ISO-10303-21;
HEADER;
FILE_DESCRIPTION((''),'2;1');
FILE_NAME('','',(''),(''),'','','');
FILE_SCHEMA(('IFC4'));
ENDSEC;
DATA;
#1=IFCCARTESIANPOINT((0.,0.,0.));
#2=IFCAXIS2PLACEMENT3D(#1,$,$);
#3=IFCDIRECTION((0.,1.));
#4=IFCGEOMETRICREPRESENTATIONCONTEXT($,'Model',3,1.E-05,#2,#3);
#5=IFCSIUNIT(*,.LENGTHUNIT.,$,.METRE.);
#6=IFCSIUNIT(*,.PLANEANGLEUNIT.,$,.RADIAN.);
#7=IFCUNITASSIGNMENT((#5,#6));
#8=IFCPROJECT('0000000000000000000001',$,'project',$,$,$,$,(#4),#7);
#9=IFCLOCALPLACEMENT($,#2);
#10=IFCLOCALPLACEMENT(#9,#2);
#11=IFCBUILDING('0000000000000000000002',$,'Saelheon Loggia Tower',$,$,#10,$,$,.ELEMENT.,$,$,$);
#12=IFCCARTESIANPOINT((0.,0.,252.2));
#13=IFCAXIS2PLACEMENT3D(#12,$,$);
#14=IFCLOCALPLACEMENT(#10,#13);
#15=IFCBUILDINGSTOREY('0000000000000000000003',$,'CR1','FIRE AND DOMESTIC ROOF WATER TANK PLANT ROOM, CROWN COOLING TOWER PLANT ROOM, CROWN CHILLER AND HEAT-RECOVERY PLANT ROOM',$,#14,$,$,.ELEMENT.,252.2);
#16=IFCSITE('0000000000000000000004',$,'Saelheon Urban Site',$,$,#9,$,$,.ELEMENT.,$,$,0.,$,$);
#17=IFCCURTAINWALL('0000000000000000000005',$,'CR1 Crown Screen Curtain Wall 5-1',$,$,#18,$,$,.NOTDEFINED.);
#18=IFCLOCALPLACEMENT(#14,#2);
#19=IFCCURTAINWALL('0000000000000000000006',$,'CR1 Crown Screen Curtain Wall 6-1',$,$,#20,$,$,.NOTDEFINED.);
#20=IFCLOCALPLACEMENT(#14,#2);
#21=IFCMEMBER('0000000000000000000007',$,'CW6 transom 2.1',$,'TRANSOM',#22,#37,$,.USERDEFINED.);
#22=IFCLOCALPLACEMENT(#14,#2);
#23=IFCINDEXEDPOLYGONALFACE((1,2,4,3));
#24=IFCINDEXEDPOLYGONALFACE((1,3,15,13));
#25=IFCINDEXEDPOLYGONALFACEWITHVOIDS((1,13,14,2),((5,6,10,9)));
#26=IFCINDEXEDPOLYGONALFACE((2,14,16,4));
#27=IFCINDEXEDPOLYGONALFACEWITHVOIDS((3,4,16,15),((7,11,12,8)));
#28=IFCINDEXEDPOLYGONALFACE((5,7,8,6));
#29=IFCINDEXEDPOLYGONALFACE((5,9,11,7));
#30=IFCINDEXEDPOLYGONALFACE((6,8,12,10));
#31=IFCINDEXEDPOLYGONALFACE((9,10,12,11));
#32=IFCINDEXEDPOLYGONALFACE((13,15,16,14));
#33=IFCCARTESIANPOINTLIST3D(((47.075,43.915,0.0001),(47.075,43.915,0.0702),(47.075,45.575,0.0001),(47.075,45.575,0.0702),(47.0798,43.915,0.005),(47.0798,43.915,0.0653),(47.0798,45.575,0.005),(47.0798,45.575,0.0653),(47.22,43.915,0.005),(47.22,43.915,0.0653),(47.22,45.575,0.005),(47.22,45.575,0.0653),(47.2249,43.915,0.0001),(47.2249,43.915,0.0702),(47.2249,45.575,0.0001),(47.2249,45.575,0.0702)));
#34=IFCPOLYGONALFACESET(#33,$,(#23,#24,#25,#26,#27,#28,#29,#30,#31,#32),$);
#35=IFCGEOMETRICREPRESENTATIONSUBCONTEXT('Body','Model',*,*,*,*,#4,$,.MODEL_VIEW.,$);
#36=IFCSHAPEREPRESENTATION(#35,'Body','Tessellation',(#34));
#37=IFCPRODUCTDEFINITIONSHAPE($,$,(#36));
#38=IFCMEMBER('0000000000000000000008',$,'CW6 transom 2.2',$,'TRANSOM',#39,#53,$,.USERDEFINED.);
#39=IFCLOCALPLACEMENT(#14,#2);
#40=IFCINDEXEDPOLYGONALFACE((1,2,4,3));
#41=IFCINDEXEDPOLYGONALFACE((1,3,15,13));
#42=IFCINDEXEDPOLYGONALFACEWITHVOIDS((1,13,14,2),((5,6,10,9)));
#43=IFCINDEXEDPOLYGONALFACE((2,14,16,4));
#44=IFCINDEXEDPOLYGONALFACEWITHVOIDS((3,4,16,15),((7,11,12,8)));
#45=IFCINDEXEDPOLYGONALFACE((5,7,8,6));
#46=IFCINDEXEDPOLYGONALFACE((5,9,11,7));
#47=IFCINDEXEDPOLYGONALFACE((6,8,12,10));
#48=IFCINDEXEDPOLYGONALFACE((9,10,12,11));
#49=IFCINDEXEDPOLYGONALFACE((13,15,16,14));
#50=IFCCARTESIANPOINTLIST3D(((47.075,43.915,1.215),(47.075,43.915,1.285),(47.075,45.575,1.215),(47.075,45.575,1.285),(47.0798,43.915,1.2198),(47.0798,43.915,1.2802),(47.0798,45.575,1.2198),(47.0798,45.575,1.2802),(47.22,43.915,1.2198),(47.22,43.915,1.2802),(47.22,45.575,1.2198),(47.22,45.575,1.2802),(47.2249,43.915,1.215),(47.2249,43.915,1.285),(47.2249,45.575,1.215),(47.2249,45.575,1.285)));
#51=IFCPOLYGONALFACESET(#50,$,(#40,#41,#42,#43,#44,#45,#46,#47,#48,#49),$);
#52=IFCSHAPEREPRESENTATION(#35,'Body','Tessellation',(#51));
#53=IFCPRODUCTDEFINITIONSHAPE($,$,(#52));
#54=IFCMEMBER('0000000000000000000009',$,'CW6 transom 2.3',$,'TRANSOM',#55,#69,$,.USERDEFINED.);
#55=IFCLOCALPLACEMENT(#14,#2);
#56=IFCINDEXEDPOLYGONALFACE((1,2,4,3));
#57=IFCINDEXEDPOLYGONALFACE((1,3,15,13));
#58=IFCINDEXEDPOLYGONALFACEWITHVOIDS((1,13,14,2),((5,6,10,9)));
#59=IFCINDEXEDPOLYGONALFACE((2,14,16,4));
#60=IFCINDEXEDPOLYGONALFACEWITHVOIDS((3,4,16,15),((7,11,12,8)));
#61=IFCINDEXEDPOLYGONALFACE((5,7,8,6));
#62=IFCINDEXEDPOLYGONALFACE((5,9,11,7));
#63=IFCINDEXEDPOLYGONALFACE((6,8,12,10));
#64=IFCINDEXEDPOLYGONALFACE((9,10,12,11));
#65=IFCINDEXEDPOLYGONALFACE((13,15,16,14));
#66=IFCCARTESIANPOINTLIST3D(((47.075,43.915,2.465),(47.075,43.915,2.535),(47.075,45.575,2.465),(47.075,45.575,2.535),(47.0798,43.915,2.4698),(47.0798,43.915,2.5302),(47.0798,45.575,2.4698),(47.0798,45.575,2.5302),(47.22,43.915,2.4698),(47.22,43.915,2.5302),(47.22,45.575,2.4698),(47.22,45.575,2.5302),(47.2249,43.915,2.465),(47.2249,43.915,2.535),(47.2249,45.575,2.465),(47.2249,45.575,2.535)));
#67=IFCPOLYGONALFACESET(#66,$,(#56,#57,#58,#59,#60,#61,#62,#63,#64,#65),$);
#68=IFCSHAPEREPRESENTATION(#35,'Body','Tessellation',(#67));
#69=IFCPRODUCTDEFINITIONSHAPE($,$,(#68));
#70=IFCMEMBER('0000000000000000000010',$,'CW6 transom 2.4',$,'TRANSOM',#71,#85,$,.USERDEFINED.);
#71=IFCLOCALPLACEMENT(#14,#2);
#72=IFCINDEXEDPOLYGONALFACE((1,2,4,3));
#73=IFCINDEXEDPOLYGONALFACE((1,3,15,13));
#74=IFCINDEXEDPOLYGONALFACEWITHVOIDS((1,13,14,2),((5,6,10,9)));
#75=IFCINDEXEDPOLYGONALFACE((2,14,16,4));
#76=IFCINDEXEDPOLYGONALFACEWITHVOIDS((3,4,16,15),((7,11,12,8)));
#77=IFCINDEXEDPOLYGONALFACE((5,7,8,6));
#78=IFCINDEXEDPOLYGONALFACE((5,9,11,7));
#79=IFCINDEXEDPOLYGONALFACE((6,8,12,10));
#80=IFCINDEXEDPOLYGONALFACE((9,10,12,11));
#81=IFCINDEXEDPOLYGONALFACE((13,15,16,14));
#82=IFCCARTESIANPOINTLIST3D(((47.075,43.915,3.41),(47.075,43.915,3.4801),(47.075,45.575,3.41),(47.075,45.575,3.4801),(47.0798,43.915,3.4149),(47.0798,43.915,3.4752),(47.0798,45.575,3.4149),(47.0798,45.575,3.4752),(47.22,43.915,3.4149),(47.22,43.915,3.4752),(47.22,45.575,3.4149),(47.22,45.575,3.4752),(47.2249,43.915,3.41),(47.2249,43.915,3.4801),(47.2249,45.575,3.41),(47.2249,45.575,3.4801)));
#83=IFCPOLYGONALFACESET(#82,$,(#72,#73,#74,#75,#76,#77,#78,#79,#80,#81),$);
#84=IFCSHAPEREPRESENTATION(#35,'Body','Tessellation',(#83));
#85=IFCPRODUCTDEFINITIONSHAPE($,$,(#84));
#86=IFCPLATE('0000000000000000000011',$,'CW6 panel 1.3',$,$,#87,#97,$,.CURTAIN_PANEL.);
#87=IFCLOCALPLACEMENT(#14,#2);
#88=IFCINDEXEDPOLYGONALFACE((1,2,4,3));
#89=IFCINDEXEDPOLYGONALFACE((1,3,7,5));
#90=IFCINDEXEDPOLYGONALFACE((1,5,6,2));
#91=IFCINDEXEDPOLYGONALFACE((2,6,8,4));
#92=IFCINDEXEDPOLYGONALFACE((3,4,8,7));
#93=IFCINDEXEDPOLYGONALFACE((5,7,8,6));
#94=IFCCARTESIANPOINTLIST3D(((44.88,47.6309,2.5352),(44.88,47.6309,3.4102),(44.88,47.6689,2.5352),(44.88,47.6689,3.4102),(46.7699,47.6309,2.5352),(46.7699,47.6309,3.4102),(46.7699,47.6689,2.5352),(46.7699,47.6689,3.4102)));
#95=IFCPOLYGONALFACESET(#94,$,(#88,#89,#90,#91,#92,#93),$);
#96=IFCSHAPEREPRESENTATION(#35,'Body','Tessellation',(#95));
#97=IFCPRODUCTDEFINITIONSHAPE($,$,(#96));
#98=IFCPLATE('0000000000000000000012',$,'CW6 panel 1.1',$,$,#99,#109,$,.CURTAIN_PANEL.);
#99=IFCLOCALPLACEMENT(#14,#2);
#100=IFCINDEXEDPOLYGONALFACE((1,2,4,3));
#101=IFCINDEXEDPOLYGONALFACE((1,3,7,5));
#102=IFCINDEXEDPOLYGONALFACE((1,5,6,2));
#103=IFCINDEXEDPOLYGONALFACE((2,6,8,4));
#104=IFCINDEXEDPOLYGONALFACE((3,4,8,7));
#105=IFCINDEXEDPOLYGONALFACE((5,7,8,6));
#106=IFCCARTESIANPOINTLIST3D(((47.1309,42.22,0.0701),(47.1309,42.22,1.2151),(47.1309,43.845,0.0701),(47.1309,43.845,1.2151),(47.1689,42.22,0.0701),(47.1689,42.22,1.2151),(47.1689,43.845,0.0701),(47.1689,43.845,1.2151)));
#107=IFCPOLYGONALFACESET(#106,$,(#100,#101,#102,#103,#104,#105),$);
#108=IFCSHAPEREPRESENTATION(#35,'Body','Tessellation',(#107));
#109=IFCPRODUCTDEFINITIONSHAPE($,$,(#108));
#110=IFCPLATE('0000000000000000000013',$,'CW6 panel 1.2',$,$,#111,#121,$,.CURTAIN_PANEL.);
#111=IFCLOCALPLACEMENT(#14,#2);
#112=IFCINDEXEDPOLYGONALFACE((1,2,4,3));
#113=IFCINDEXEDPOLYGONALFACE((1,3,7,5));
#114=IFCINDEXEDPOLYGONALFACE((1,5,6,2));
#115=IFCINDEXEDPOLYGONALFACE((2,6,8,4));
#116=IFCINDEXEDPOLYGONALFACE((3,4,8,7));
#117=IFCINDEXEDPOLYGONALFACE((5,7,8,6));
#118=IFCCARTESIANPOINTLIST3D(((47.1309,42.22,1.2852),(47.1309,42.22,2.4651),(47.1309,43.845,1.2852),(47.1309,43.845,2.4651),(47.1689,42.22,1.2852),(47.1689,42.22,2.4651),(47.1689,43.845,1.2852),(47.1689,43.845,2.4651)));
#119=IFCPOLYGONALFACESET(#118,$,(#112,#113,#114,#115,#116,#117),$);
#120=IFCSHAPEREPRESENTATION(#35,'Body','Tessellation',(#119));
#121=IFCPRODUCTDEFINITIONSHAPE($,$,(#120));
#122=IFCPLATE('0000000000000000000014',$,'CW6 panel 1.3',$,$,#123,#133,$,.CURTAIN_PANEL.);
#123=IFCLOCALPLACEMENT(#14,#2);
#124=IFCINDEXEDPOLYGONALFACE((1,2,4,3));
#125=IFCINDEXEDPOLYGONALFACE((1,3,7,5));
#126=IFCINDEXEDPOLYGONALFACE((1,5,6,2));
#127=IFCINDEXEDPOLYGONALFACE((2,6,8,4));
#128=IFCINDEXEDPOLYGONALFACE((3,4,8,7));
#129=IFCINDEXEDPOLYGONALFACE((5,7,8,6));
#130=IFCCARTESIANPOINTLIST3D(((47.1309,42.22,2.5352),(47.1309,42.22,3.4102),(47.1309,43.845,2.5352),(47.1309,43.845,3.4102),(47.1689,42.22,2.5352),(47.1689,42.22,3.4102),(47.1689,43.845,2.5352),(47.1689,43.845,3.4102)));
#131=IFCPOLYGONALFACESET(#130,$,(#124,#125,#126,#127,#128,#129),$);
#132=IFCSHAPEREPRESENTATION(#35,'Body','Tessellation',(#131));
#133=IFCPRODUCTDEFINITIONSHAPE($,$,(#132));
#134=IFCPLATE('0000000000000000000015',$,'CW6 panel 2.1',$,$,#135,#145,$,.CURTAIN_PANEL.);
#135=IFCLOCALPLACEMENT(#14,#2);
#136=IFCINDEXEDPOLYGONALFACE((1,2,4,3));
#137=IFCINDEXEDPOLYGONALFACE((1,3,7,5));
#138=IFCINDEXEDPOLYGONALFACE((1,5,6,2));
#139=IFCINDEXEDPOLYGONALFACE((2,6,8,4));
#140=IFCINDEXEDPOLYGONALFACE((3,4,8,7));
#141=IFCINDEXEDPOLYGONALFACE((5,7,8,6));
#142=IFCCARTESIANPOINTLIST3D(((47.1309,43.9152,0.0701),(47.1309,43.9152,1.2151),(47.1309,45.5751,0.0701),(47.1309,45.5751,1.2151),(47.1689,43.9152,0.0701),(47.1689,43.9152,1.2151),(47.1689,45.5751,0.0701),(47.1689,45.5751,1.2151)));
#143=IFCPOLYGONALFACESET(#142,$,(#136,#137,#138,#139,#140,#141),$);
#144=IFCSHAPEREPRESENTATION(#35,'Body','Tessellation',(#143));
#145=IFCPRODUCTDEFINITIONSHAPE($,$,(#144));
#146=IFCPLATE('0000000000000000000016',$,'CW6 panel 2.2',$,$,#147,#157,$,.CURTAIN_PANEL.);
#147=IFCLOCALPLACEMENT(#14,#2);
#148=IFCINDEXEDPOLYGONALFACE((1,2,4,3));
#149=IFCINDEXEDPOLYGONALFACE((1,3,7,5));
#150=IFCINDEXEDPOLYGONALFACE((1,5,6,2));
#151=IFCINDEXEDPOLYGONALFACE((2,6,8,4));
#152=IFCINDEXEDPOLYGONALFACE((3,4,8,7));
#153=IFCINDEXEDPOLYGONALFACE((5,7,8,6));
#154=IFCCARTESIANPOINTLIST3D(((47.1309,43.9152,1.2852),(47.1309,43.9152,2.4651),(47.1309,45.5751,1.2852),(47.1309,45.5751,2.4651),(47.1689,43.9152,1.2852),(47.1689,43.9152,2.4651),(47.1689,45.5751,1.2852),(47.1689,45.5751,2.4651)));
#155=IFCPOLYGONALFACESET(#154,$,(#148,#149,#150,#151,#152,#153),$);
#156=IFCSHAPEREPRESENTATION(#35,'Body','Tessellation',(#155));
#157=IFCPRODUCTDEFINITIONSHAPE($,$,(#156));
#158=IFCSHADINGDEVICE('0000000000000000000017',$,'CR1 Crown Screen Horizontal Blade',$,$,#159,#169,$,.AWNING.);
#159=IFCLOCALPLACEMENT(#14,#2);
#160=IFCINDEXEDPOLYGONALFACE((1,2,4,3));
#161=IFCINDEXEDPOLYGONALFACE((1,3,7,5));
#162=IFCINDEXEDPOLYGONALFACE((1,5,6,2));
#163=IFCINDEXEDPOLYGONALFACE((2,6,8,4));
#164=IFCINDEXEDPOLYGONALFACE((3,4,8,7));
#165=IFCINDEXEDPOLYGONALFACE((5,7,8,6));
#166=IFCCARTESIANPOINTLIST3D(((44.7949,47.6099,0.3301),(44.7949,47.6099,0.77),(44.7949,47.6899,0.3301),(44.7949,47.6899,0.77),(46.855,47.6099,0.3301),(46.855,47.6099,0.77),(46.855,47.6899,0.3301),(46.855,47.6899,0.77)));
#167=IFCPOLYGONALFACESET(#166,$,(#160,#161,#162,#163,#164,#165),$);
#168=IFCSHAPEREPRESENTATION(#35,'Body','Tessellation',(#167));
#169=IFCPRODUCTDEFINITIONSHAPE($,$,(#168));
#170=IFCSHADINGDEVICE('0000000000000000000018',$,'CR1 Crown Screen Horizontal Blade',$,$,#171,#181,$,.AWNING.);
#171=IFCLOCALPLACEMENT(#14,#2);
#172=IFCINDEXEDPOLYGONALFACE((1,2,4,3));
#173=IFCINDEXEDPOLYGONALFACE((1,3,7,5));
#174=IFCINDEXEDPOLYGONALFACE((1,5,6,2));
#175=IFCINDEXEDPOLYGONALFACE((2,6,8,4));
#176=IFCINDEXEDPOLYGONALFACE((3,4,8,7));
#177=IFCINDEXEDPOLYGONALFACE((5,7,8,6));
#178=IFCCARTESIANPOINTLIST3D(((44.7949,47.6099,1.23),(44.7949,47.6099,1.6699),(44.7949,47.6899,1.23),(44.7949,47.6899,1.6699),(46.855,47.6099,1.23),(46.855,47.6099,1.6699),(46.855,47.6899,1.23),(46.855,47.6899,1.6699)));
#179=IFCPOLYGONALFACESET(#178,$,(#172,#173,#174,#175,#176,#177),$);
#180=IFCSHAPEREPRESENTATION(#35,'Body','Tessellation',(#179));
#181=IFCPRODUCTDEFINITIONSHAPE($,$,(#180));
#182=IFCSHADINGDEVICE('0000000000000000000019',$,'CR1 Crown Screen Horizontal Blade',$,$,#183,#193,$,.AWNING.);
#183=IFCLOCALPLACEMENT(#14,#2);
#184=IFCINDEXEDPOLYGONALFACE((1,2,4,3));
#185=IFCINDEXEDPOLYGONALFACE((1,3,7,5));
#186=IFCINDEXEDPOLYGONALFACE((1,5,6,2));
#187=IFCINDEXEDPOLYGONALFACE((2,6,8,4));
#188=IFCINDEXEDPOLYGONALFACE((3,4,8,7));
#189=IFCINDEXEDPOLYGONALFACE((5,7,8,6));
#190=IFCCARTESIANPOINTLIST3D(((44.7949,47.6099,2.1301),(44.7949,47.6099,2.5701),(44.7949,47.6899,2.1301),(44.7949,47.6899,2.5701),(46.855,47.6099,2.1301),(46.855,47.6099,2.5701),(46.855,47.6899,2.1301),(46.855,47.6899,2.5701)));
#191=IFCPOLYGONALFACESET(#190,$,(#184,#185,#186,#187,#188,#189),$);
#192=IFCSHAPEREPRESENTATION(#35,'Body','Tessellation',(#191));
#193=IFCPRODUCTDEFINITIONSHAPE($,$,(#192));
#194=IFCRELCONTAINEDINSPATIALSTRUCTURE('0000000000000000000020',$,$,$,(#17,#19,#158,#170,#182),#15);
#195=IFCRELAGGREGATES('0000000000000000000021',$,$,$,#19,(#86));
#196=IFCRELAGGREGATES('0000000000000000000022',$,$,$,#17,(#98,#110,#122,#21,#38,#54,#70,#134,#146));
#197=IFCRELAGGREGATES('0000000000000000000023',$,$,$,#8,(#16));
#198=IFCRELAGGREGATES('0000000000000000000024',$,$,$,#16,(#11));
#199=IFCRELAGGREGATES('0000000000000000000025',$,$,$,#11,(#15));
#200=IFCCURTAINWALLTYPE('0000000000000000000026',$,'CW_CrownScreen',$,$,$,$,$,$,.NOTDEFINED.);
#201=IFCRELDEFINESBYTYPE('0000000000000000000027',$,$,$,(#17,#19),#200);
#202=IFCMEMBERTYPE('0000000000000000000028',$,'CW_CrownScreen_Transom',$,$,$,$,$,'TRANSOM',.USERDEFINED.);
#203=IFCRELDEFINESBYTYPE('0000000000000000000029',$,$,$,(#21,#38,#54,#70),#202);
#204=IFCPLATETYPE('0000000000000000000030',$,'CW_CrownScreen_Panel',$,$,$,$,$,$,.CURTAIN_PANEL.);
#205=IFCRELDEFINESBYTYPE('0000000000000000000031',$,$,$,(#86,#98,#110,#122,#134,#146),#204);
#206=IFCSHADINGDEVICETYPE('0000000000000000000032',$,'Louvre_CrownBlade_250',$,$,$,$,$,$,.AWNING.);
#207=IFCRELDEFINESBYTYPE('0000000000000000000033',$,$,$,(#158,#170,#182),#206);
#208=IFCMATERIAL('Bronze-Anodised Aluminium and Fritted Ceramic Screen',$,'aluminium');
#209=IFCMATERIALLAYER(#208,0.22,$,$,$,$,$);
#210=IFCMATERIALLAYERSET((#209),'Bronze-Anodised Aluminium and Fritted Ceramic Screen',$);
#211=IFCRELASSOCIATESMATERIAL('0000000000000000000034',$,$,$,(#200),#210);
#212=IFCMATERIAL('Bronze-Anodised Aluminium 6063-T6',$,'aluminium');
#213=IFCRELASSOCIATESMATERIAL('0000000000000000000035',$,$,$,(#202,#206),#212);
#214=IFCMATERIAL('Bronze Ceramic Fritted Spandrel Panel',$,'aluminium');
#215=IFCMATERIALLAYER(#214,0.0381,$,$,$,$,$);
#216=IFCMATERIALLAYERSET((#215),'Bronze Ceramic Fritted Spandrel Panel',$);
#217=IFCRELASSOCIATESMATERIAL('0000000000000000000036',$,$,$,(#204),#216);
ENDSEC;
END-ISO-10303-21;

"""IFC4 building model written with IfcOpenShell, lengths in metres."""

from ifc_helpers import new_model, si_unit, direction, frame, origin, origin_2d, place, context, subcontext, project, spatial, rectangle, hollow_rectangle, extrude, source, transform, mapped, material, layer, layer_set, material_profile, profile_set, type_object, element, aggregate, save


model = new_model("IFC4")

# Units and contexts
model_context = context("Model", 3, precision=1e-05, world=origin(), true_north=direction((0.0, 1.0)))
body_context = subcontext(model_context, "Body", "Model", "MODEL_VIEW")
ifc_project = project(units=[si_unit("LENGTHUNIT", "METRE"), si_unit("PLANEANGLEUNIT", "RADIAN")], contexts=[model_context])

# Site, building, storey
site_placement = place(None, origin())
site = spatial("IfcSite", under=ifc_project, at=site_placement, Name="Saelheon Urban Site", CompositionType="ELEMENT", RefElevation=0.0)
building_placement = place(site_placement, origin())
building = spatial("IfcBuilding", under=site, at=building_placement, Name="Saelheon Loggia Tower", CompositionType="ELEMENT")
storey_placement = place(building_placement, frame((0.0, 0.0, 252.2)))
storey = spatial("IfcBuildingStorey", under=building, at=storey_placement, Name="CR1", Description="FIRE AND DOMESTIC ROOF WATER TANK PLANT ROOM, CROWN COOLING TOWER PLANT ROOM, CROWN CHILLER AND HEAT-RECOVERY PLANT ROOM", CompositionType="ELEMENT", Elevation=252.2)

# Curtain walls
ifc_material_1 = material(Name="Bronze-Anodised Aluminium and Fritted Ceramic Screen", Category="aluminium")
ifc_layer_1 = layer(ifc_material_1, 0.22)
ifc_layer_set_1 = layer_set([ifc_layer_1], Name="Bronze-Anodised Aluminium and Fritted Ceramic Screen")
curtain_wall_type = type_object("IfcCurtainWallType", Name="CW_CrownScreen", PredefinedType="NOTDEFINED", material=ifc_layer_set_1)
curtain_wall_1_placement = place(storey_placement, origin())
curtain_wall_1 = element("IfcCurtainWall", 1, at=curtain_wall_1_placement, inside=storey, type_object=curtain_wall_type, Name="CR1 Crown Screen Curtain Wall 5-1", PredefinedType="NOTDEFINED")
ifc_material_2 = material(Name="Bronze-Anodised Aluminium 6063-T6", Category="aluminium")
curtain_wall_2_placement = place(storey_placement, origin())
curtain_wall_2 = element("IfcCurtainWall", 2, at=curtain_wall_2_placement, inside=storey, type_object=curtain_wall_type, Name="CR1 Crown Screen Curtain Wall 6-1", PredefinedType="NOTDEFINED")
ifc_material_profile_1 = material_profile(ifc_material_2, hollow_rectangle(XDim=0.0701, YDim=0.1499, WallThickness=0.0049, at=origin_2d()), Name="RHS-150x70x5")
ifc_profile_set_1 = profile_set([ifc_material_profile_1], Name="Bronze-Anodised Aluminium 6063-T6")
member_type_1 = type_object("IfcMemberType", Name="CW_CrownScreen_Transom", ElementType="TRANSOM", PredefinedType="USERDEFINED", material=ifc_profile_set_1)

# Members
shared_shape_1 = source(origin(), body_context, "Body", "SweptSolid", [
    extrude(hollow_rectangle(XDim=0.0701, YDim=0.1499, WallThickness=0.0049, at=origin_2d()), origin(), (0.0, 0.0, 1.0), 1.6599),
])
member_1_placement = place(storey_placement, frame((47.1499, 43.915, 0.0352), z_axis=(0.0, 1.0, 0.0), x_axis=(0.0, 0.0, 1.0)))
member_1 = element("IfcMember", 3, at=member_1_placement, type_object=member_type_1, Name="CW6 transom 2.1", ObjectType="TRANSOM", PredefinedType="USERDEFINED", context=body_context, shape_type="MappedRepresentation", body=[
    mapped(shared_shape_1, transform((0.0, 0.0, 0.0), scale=1.0)),
])
member_2_placement = place(storey_placement, frame((47.1499, 43.915, 1.25), z_axis=(0.0, 1.0, 0.0), x_axis=(0.0, 0.0, 1.0)))
member_2 = element("IfcMember", 4, at=member_2_placement, type_object=member_type_1, Name="CW6 transom 2.2", ObjectType="TRANSOM", PredefinedType="USERDEFINED", context=body_context, shape_type="MappedRepresentation", body=[
    mapped(shared_shape_1, transform((0.0, 0.0, 0.0), scale=1.0)),
])
member_3_placement = place(storey_placement, frame((47.1499, 43.915, 2.5), z_axis=(0.0, 1.0, 0.0), x_axis=(0.0, 0.0, 1.0)))
member_3 = element("IfcMember", 5, at=member_3_placement, type_object=member_type_1, Name="CW6 transom 2.3", ObjectType="TRANSOM", PredefinedType="USERDEFINED", context=body_context, shape_type="MappedRepresentation", body=[
    mapped(shared_shape_1, transform((0.0, 0.0, 0.0), scale=1.0)),
])
member_4_placement = place(storey_placement, frame((47.1499, 43.915, 3.4451), z_axis=(0.0, 1.0, 0.0), x_axis=(0.0, 0.0, 1.0)))
member_4 = element("IfcMember", 6, at=member_4_placement, type_object=member_type_1, Name="CW6 transom 2.4", ObjectType="TRANSOM", PredefinedType="USERDEFINED", context=body_context, shape_type="MappedRepresentation", body=[
    mapped(shared_shape_1, transform((0.0, 0.0, 0.0), scale=1.0)),
])

# Plates
ifc_material_3 = material(Name="Bronze Ceramic Fritted Spandrel Panel", Category="aluminium")
ifc_layer_2 = layer(ifc_material_3, 0.0381)
ifc_layer_set_2 = layer_set([ifc_layer_2], Name="Bronze Ceramic Fritted Spandrel Panel")
plate_type = type_object("IfcPlateType", Name="CW_CrownScreen_Panel", PredefinedType="CURTAIN_PANEL", material=ifc_layer_set_2)
shared_shape_2 = source(origin(), body_context, "Body", "SweptSolid", [
    extrude(rectangle(XDim=1.8899, YDim=0.0381, at=origin_2d()), origin(), (0.0, 0.0, 1.0), 0.875),
])
plate_1_placement = place(storey_placement, frame((45.825, 47.6499, 2.5352), z_axis=(0.0, 0.0, 1.0), x_axis=(-1.0, 0.0, 0.0)))
plate_1 = element("IfcPlate", 7, at=plate_1_placement, type_object=plate_type, Name="CW6 panel 1.3", PredefinedType="CURTAIN_PANEL", context=body_context, shape_type="MappedRepresentation", body=[
    mapped(shared_shape_2, transform((0.0, 0.0, 0.0), scale=1.0)),
])
aggregate(curtain_wall_2, [plate_1])
shared_shape_3 = source(origin(), body_context, "Body", "SweptSolid", [
    extrude(rectangle(XDim=1.625, YDim=0.0381, at=origin_2d()), origin(), (0.0, 0.0, 1.0), 1.145),
])
plate_2_placement = place(storey_placement, frame((47.1499, 43.0325, 0.0701), z_axis=(0.0, 0.0, 1.0), x_axis=(0.0, 1.0, 0.0)))
plate_2 = element("IfcPlate", 8, at=plate_2_placement, type_object=plate_type, Name="CW6 panel 1.1", PredefinedType="CURTAIN_PANEL", context=body_context, shape_type="MappedRepresentation", body=[
    mapped(shared_shape_3, transform((0.0, 0.0, 0.0), scale=1.0)),
])
shared_shape_4 = source(origin(), body_context, "Body", "SweptSolid", [
    extrude(rectangle(XDim=1.625, YDim=0.0381, at=origin_2d()), origin(), (0.0, 0.0, 1.0), 1.1799),
])
plate_3_placement = place(storey_placement, frame((47.1499, 43.0325, 1.2852), z_axis=(0.0, 0.0, 1.0), x_axis=(0.0, 1.0, 0.0)))
plate_3 = element("IfcPlate", 9, at=plate_3_placement, type_object=plate_type, Name="CW6 panel 1.2", PredefinedType="CURTAIN_PANEL", context=body_context, shape_type="MappedRepresentation", body=[
    mapped(shared_shape_4, transform((0.0, 0.0, 0.0), scale=1.0)),
])
shared_shape_5 = source(origin(), body_context, "Body", "SweptSolid", [
    extrude(rectangle(XDim=1.625, YDim=0.0381, at=origin_2d()), origin(), (0.0, 0.0, 1.0), 0.875),
])
plate_4_placement = place(storey_placement, frame((47.1499, 43.0325, 2.5352), z_axis=(0.0, 0.0, 1.0), x_axis=(0.0, 1.0, 0.0)))
plate_4 = element("IfcPlate", 10, at=plate_4_placement, type_object=plate_type, Name="CW6 panel 1.3", PredefinedType="CURTAIN_PANEL", context=body_context, shape_type="MappedRepresentation", body=[
    mapped(shared_shape_5, transform((0.0, 0.0, 0.0), scale=1.0)),
])
shared_shape_6 = source(origin(), body_context, "Body", "SweptSolid", [
    extrude(rectangle(XDim=1.6599, YDim=0.0381, at=origin_2d()), origin(), (0.0, 0.0, 1.0), 1.145),
])
plate_5_placement = place(storey_placement, frame((47.1499, 44.7451, 0.0701), z_axis=(0.0, 0.0, 1.0), x_axis=(0.0, 1.0, 0.0)))
plate_5 = element("IfcPlate", 11, at=plate_5_placement, type_object=plate_type, Name="CW6 panel 2.1", PredefinedType="CURTAIN_PANEL", context=body_context, shape_type="MappedRepresentation", body=[
    mapped(shared_shape_6, transform((0.0, 0.0, 0.0), scale=1.0)),
])
shared_shape_7 = source(origin(), body_context, "Body", "SweptSolid", [
    extrude(rectangle(XDim=1.6599, YDim=0.0381, at=origin_2d()), origin(), (0.0, 0.0, 1.0), 1.1799),
])
plate_6_placement = place(storey_placement, frame((47.1499, 44.7451, 1.2852), z_axis=(0.0, 0.0, 1.0), x_axis=(0.0, 1.0, 0.0)))
plate_6 = element("IfcPlate", 12, at=plate_6_placement, type_object=plate_type, Name="CW6 panel 2.2", PredefinedType="CURTAIN_PANEL", context=body_context, shape_type="MappedRepresentation", body=[
    mapped(shared_shape_7, transform((0.0, 0.0, 0.0), scale=1.0)),
])
aggregate(curtain_wall_1, [plate_2, plate_3, plate_4, member_1, member_2, member_3, member_4, plate_5, plate_6])

# Shading devices
ifc_material_profile_2 = material_profile(ifc_material_2, rectangle(XDim=0.0801, YDim=0.4399, at=origin_2d()), Name="Louvre_CrownBlade_250")
ifc_profile_set_2 = profile_set([ifc_material_profile_2], Name="Bronze-Anodised Aluminium 6063-T6")
shading_device_type = type_object("IfcShadingDeviceType", Name="Louvre_CrownBlade_250", PredefinedType="AWNING", material=ifc_profile_set_2)
shared_shape_8 = source(origin(), body_context, "Body", "SweptSolid", [
    extrude(rectangle(XDim=0.0801, YDim=0.4399, at=origin_2d()), origin(), (0.0, 0.0, 1.0), 2.0601),
])
for number, where, z_axis, x_axis, name in (
    (13, (46.855, 47.6499, 0.55), (-1.0, 0.0, 0.0), (0.0, -1.0, 0.0), "CR1 Crown Screen Horizontal Blade"),
    (14, (46.855, 47.6499, 1.45), (-1.0, 0.0, 0.0), (0.0, -1.0, 0.0), "CR1 Crown Screen Horizontal Blade"),
    (15, (46.855, 47.6499, 2.3501), (-1.0, 0.0, 0.0), (0.0, -1.0, 0.0), "CR1 Crown Screen Horizontal Blade"),
):
    element("IfcShadingDevice", number, at=place(storey_placement, frame(where, z_axis=z_axis, x_axis=x_axis)), inside=storey, type_object=shading_device_type, Name=name, PredefinedType="AWNING", context=body_context, shape_type="MappedRepresentation", body=[
        mapped(shared_shape_8, transform((0.0, 0.0, 0.0), scale=1.0)),
    ])

save(model, "model.ifc")
